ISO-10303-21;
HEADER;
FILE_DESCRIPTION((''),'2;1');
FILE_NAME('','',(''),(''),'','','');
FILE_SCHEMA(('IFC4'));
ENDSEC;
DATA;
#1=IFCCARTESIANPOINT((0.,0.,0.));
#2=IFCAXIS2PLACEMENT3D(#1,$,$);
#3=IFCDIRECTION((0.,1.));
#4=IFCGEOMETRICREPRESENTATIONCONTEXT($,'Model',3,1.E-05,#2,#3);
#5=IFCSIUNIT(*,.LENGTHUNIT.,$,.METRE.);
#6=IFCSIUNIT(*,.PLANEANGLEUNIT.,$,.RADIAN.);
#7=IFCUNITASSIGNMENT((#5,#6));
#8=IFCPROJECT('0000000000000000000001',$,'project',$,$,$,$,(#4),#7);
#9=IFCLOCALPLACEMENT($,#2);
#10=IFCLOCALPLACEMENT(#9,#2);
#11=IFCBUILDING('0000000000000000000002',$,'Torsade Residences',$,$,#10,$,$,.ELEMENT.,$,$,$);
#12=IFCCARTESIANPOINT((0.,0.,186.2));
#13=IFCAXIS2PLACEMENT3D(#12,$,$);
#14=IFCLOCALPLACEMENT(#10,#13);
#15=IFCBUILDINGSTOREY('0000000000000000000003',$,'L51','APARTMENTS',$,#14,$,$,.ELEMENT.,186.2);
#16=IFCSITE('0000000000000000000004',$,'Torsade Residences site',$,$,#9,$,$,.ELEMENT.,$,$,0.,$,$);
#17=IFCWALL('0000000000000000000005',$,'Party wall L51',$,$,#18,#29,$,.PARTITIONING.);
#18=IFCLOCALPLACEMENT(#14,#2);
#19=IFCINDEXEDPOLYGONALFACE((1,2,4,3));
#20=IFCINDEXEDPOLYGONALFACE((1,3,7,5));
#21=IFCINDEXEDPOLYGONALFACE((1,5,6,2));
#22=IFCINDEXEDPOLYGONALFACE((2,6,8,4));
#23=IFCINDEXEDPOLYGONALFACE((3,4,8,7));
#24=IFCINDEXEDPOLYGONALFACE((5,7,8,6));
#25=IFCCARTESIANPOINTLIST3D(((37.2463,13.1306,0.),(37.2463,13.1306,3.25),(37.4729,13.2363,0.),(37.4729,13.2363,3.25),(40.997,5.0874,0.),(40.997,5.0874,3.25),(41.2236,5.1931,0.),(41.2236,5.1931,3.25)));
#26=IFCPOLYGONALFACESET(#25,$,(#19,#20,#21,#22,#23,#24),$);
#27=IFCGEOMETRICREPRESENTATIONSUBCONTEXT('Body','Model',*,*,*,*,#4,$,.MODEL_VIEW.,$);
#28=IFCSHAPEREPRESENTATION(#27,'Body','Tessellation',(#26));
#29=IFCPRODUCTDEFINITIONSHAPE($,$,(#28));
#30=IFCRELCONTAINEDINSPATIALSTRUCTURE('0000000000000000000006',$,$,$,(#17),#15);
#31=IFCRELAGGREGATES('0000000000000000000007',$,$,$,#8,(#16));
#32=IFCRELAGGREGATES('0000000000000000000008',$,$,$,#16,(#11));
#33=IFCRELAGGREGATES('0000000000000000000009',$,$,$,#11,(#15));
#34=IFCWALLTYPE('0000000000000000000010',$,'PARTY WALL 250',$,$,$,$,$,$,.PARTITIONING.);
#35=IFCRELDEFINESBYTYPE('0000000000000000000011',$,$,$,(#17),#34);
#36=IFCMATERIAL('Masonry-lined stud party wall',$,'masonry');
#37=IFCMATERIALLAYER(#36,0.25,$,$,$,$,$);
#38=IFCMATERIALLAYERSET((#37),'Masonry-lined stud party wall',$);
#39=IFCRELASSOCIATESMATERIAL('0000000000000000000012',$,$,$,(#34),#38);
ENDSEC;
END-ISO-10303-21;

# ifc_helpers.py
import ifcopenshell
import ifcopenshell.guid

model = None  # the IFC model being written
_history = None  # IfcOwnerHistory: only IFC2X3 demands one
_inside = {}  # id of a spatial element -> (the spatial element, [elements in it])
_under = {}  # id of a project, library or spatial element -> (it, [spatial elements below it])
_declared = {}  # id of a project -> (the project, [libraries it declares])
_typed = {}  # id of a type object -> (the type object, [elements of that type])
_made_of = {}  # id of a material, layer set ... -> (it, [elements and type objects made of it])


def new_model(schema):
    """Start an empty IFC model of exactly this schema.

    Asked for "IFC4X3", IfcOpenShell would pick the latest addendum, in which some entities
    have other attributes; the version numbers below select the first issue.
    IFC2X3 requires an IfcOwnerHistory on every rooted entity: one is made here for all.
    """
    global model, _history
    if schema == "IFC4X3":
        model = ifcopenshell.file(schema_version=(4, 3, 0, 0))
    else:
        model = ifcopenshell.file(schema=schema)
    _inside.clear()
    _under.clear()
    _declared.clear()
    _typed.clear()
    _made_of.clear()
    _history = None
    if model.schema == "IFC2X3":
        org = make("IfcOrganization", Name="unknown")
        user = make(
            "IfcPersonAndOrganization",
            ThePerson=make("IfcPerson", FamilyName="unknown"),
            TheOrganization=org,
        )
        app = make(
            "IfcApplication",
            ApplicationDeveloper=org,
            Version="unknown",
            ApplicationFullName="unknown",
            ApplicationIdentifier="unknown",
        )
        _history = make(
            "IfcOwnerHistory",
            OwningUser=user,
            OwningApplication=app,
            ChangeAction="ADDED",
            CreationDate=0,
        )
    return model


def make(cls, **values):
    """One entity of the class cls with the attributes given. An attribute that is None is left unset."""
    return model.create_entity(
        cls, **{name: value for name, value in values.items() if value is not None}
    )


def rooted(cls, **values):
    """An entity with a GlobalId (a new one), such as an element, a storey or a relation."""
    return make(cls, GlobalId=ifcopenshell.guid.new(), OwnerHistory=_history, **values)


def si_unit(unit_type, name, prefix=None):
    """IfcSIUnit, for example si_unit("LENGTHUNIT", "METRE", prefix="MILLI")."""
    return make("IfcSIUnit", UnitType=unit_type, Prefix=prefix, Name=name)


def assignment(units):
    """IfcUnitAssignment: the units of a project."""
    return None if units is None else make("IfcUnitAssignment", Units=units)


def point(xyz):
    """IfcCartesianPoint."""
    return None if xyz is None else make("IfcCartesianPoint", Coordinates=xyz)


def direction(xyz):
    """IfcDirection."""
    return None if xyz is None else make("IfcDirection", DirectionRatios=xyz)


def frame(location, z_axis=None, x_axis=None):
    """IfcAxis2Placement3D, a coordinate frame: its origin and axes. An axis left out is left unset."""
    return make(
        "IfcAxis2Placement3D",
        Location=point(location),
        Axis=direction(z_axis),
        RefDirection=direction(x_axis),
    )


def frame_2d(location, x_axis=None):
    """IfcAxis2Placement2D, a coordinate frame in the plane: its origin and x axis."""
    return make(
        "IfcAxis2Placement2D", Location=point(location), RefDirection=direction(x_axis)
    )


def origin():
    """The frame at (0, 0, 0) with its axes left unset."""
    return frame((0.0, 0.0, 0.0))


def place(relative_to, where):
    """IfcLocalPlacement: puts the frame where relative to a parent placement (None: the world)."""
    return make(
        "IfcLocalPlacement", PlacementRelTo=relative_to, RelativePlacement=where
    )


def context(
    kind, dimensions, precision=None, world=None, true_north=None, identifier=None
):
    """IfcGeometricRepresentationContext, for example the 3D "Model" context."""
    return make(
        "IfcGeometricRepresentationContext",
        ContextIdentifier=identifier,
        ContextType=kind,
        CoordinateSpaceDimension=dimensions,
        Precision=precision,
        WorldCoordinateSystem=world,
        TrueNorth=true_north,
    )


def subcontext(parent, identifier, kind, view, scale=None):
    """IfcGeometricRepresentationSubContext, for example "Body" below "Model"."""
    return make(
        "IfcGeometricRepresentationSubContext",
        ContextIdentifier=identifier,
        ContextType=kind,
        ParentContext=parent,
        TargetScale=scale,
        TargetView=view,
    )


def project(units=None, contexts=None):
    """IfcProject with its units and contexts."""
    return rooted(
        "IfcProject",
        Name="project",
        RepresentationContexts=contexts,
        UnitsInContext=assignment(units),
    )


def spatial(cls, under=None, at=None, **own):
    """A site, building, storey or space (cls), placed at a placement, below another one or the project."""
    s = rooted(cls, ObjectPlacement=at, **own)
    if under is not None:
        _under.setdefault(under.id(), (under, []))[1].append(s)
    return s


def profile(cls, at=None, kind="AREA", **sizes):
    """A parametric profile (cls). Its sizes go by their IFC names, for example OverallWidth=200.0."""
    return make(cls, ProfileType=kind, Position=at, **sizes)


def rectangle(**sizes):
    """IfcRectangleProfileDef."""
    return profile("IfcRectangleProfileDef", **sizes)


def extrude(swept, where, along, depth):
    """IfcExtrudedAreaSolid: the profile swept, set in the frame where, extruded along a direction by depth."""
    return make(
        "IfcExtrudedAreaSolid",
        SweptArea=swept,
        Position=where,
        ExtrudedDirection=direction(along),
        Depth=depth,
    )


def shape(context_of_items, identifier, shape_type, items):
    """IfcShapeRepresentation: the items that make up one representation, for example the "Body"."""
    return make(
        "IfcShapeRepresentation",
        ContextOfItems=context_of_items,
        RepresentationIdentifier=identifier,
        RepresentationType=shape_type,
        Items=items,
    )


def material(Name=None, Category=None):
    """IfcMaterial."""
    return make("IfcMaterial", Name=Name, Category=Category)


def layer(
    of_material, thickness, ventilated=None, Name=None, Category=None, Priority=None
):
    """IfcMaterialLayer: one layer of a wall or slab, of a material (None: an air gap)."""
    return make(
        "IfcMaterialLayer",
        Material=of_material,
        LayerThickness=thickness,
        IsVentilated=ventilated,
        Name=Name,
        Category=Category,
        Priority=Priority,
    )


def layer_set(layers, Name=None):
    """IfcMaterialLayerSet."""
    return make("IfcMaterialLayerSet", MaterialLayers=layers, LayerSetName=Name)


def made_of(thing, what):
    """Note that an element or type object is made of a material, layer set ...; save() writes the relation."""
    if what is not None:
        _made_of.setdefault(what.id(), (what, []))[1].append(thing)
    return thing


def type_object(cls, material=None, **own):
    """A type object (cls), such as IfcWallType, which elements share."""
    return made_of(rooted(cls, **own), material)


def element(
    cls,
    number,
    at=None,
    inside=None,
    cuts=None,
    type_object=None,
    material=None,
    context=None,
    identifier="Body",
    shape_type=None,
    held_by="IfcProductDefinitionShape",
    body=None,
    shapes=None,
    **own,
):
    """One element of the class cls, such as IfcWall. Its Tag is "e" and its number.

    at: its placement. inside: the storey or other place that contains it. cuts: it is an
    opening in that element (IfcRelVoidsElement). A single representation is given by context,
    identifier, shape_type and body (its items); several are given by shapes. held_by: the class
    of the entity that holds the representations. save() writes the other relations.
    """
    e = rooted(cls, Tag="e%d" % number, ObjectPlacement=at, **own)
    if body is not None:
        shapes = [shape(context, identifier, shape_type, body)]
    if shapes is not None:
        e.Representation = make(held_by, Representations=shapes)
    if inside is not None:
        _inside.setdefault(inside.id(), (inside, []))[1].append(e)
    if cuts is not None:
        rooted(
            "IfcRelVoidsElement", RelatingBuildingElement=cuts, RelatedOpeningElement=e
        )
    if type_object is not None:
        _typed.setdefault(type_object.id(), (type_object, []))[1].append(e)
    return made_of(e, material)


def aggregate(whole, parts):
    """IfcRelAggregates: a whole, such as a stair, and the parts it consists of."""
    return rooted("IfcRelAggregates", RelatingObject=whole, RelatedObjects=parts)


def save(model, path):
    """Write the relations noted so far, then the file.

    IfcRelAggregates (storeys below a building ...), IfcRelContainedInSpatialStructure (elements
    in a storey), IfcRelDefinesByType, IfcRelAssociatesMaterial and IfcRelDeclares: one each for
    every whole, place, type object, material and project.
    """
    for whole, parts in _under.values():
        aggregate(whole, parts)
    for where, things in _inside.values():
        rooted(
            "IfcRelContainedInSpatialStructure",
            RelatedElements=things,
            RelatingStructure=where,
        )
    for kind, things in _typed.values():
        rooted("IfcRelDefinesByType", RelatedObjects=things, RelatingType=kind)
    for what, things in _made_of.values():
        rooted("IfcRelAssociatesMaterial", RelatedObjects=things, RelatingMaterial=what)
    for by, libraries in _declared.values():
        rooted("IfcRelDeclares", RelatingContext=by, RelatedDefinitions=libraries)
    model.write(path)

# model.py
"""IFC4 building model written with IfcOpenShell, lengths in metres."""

from ifc_helpers import new_model, si_unit, direction, frame, frame_2d, origin, place, context, subcontext, project, spatial, rectangle, extrude, material, layer, layer_set, type_object, element, save


model = new_model("IFC4")

# Units and contexts
model_context = context("Model", 3, precision=1e-05, world=origin(), true_north=direction((0.0, 1.0)))
body_context = subcontext(model_context, "Body", "Model", "MODEL_VIEW")
ifc_project = project(units=[si_unit("LENGTHUNIT", "METRE"), si_unit("PLANEANGLEUNIT", "RADIAN")], contexts=[model_context])

# Site, building, storey
site_placement = place(None, origin())
site = spatial("IfcSite", under=ifc_project, at=site_placement, Name="Torsade Residences site", CompositionType="ELEMENT", RefElevation=0.0)
building_placement = place(site_placement, origin())
building = spatial("IfcBuilding", under=site, at=building_placement, Name="Torsade Residences", CompositionType="ELEMENT")
storey_placement = place(building_placement, frame((0.0, 0.0, 186.2)))
storey = spatial("IfcBuildingStorey", under=building, at=storey_placement, Name="L51", Description="APARTMENTS", CompositionType="ELEMENT", Elevation=186.2)

# Wall
ifc_material_1 = material(Name="Masonry-lined stud party wall", Category="masonry")
ifc_layer_1 = layer(ifc_material_1, 0.25)
ifc_layer_set_1 = layer_set([ifc_layer_1], Name="Masonry-lined stud party wall")
wall_type_1 = type_object("IfcWallType", Name="PARTY WALL 250", PredefinedType="PARTITIONING", material=ifc_layer_set_1)
wall_1_placement = place(storey_placement, frame((41.1104, 5.1401, 0.0), z_axis=(0.0, 0.0, 1.0), x_axis=(-0.422629, 0.906303, 0.0)))
element("IfcWall", 1, at=wall_1_placement, inside=storey, type_object=wall_type_1, Name="Party wall L51", PredefinedType="PARTITIONING", context=body_context, shape_type="SweptSolid", body=[
    extrude(rectangle(XDim=8.8748, YDim=0.25, at=frame_2d((4.4375, 0.0))), origin(), (0.0, 0.0, 1.0), 3.25),
])

save(model, "model.ifc")
